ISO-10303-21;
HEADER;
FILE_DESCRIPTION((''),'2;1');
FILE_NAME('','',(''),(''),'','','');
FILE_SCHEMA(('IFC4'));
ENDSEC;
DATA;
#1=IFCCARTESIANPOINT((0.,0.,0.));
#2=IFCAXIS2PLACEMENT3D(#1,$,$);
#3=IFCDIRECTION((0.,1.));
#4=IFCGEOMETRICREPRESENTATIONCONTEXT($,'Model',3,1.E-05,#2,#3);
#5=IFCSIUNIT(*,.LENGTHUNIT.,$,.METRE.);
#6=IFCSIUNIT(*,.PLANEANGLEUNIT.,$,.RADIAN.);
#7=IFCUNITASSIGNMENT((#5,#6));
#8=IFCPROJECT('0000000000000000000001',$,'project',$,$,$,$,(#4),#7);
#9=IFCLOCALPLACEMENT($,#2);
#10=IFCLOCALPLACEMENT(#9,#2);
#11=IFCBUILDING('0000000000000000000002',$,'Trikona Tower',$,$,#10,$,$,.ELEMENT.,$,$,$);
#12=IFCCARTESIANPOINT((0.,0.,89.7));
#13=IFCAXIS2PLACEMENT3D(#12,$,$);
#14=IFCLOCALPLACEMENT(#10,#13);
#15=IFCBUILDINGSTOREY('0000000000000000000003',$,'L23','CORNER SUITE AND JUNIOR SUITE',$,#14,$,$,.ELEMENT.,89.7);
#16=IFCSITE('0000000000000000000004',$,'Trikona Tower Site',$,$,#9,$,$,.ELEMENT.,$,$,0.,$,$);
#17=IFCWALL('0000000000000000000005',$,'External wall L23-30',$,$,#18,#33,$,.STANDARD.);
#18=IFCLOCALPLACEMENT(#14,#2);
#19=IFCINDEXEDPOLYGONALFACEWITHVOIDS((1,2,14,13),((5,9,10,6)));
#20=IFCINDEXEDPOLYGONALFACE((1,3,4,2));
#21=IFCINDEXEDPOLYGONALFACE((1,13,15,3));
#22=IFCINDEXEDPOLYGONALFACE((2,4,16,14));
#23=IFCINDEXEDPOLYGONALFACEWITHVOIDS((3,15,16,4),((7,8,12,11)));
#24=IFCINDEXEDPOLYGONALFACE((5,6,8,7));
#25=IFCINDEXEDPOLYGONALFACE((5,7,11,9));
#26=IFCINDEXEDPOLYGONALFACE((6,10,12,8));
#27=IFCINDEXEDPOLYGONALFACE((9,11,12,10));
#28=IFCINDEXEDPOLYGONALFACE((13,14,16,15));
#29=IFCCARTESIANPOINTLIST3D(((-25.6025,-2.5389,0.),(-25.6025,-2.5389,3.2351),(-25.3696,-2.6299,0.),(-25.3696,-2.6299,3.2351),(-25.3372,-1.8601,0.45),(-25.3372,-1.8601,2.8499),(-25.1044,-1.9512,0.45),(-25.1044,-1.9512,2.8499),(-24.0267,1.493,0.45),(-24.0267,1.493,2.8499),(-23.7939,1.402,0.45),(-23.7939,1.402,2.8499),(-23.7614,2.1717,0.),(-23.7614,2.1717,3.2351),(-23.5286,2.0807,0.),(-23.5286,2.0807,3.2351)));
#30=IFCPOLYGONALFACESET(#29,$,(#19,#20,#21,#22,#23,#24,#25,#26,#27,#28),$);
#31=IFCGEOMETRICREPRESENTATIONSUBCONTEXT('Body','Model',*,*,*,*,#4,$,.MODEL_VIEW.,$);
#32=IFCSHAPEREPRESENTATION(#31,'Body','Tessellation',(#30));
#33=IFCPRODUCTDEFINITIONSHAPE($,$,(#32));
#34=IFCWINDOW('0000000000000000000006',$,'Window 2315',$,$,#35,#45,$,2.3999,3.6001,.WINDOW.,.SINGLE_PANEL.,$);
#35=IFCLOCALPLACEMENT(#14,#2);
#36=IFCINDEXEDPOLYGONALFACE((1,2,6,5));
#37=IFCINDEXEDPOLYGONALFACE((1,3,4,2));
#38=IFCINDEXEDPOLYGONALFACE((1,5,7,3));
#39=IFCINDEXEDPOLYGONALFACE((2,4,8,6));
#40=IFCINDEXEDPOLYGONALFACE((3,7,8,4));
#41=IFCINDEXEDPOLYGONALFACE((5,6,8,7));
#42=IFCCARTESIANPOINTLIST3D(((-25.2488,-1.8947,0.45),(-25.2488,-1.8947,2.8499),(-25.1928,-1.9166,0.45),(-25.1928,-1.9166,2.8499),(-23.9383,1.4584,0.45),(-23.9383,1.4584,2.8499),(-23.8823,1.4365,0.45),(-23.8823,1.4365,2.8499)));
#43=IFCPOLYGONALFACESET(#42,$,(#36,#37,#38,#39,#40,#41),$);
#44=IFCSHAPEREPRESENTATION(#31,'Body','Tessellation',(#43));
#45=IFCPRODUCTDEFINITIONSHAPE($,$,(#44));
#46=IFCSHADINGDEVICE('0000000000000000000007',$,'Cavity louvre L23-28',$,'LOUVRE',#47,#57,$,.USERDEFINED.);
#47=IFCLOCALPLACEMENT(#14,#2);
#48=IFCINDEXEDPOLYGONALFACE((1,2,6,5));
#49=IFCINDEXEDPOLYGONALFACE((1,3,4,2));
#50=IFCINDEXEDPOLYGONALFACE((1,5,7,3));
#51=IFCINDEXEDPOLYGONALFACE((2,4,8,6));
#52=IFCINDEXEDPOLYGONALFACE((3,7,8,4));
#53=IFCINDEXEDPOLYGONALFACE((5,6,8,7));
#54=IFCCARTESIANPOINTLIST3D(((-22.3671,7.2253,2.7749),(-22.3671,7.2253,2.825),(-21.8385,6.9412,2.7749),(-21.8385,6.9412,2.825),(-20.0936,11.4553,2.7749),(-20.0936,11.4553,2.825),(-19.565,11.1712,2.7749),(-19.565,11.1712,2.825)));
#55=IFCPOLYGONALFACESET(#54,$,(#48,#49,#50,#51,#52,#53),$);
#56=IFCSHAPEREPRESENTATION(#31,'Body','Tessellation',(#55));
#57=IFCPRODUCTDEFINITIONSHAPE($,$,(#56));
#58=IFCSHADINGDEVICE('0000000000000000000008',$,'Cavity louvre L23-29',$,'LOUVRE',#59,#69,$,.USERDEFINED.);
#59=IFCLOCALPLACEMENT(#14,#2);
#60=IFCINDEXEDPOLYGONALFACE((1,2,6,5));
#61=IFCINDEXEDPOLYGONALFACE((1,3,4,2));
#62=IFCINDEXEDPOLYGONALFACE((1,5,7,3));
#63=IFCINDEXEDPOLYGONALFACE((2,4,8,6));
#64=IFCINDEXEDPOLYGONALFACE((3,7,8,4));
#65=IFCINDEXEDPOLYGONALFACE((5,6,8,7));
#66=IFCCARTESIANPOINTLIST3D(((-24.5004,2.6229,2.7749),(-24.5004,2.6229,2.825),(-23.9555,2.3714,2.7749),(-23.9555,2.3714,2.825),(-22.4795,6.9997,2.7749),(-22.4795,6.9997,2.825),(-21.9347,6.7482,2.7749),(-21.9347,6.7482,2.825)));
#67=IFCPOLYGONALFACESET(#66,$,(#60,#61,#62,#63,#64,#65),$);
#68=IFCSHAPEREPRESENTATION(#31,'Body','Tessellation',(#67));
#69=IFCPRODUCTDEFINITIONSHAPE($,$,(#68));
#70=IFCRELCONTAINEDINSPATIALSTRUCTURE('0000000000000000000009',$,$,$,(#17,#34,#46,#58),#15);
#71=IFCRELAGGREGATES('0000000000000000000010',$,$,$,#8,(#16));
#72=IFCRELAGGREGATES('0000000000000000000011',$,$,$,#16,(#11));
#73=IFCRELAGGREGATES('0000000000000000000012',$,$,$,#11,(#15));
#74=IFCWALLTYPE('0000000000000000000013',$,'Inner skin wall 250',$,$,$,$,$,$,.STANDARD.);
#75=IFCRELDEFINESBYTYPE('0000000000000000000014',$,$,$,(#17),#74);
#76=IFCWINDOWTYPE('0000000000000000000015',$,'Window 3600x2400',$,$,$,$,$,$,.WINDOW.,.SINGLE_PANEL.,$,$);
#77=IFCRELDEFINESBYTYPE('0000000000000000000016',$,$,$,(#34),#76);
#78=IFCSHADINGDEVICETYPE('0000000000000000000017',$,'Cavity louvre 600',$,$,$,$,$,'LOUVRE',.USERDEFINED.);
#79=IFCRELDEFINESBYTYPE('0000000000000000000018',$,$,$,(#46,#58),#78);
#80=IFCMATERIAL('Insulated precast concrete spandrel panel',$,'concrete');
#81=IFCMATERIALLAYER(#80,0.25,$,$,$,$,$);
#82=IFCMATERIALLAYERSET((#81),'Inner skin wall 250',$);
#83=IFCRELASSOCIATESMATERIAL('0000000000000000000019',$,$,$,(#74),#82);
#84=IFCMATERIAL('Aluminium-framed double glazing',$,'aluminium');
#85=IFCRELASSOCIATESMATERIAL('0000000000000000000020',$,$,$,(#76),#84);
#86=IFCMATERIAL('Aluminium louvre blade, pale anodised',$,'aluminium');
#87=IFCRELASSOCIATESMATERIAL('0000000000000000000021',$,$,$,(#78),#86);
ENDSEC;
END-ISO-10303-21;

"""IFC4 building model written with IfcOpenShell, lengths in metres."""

from ifc_helpers import new_model, si_unit, direction, frame, frame_2d, origin, origin_2d, place, context, subcontext, project, spatial, rectangle, extrude, material, layer, layer_set, type_object, element, fill, save


model = new_model("IFC4")

# Units and contexts
model_context = context("Model", 3, precision=1e-05, world=origin(), true_north=direction((0.0, 1.0)))
body_context = subcontext(model_context, "Body", "Model", "MODEL_VIEW")
ifc_project = project(units=[si_unit("LENGTHUNIT", "METRE"), si_unit("PLANEANGLEUNIT", "RADIAN")], contexts=[model_context])

# Site, building, storey
site_placement = place(None, origin())
site = spatial("IfcSite", under=ifc_project, at=site_placement, Name="Trikona Tower Site", CompositionType="ELEMENT", RefElevation=0.0)
building_placement = place(site_placement, origin())
building = spatial("IfcBuilding", under=site, at=building_placement, Name="Trikona Tower", CompositionType="ELEMENT")
storey_placement = place(building_placement, frame((0.0, 0.0, 89.7)))
storey = spatial("IfcBuildingStorey", under=building, at=storey_placement, Name="L23", Description="CORNER SUITE AND JUNIOR SUITE", CompositionType="ELEMENT", Elevation=89.7)

# Wall, opening, window
ifc_material_1 = material(Name="Insulated precast concrete spandrel panel", Category="concrete")
ifc_layer_1 = layer(ifc_material_1, 0.25)
ifc_layer_set_1 = layer_set([ifc_layer_1], Name="Inner skin wall 250")
wall_type = type_object("IfcWallType", Name="Inner skin wall 250", PredefinedType="STANDARD", material=ifc_layer_set_1)
ifc_material_2 = material(Name="Aluminium-framed double glazing", Category="aluminium")
window_type = type_object("IfcWindowType", Name="Window 3600x2400", PartitioningType="SINGLE_PANEL", PredefinedType="WINDOW", material=ifc_material_2)
wall_1_placement = place(storey_placement, frame((-23.645, 2.1262, 0.0), z_axis=(0.0, 0.0, 1.0), x_axis=(-0.364013, -0.931394, 0.0)))
wall_1 = element("IfcWall", 1, at=wall_1_placement, inside=storey, type_object=wall_type, Name="External wall L23-30", PredefinedType="STANDARD", context=body_context, shape_type="SweptSolid", body=[
    extrude(rectangle(XDim=5.0576, YDim=0.25, at=frame_2d((2.5288, 0.0))), origin(), (0.0, 0.0, 1.0), 3.2351),
])
opening_1_placement = place(wall_1_placement, frame((0.7288, 0.0, 0.45)))
opening_1 = element("IfcOpeningElement", 2, at=opening_1_placement, cuts=wall_1, PredefinedType="OPENING", context=body_context, shape_type="SweptSolid", body=[
    extrude(rectangle(XDim=3.6001, YDim=2.3999, at=frame_2d((1.8, 1.2))), frame((0.0, 0.135, 0.0), z_axis=(0.0, -1.0, 0.0), x_axis=(1.0, 0.0, 0.0)), (0.0, 0.0, 1.0), 0.27),
])
window_1_placement = place(opening_1_placement, origin())
window_1 = element("IfcWindow", 3, at=window_1_placement, inside=storey, type_object=window_type, Name="Window 2315", OverallHeight=2.3999, OverallWidth=3.6001, PartitioningType="SINGLE_PANEL", PredefinedType="WINDOW", context=body_context, shape_type="SweptSolid", body=[
    extrude(rectangle(XDim=3.6001, YDim=2.3999, at=frame_2d((1.8, 1.2))), frame((0.0, 0.03, 0.0), z_axis=(0.0, -1.0, 0.0), x_axis=(1.0, 0.0, 0.0)), (0.0, 0.0, 1.0), 0.0601),
])
fill(opening_1, window_1)

# Shading devices
ifc_material_3 = material(Name="Aluminium louvre blade, pale anodised", Category="aluminium")
shading_device_type = type_object("IfcShadingDeviceType", Name="Cavity louvre 600", ElementType="LOUVRE", PredefinedType="USERDEFINED", material=ifc_material_3)
shading_device_1_placement = place(storey_placement, frame((-20.9661, 9.1982, 2.7749), z_axis=(0.0, 0.0, 1.0), x_axis=(-0.473423, -0.880835, 0.0)))
element("IfcShadingDevice", 4, at=shading_device_1_placement, inside=storey, type_object=shading_device_type, Name="Cavity louvre L23-28", ObjectType="LOUVRE", PredefinedType="USERDEFINED", context=body_context, shape_type="SweptSolid", body=[
    extrude(rectangle(XDim=4.8022, YDim=0.6001, at=origin_2d()), origin(), (0.0, 0.0, 1.0), 0.05),
])
shading_device_2_placement = place(storey_placement, frame((-23.2175, 4.6855, 2.7749), z_axis=(0.0, 0.0, 1.0), x_axis=(-0.419194, -0.907897, 0.0)))
element("IfcShadingDevice", 5, at=shading_device_2_placement, inside=storey, type_object=shading_device_type, Name="Cavity louvre L23-29", ObjectType="LOUVRE", PredefinedType="USERDEFINED", context=body_context, shape_type="SweptSolid", body=[
    extrude(rectangle(XDim=4.8208, YDim=0.6001, at=origin_2d()), origin(), (0.0, 0.0, 1.0), 0.05),
])

save(model, "model.ifc")
